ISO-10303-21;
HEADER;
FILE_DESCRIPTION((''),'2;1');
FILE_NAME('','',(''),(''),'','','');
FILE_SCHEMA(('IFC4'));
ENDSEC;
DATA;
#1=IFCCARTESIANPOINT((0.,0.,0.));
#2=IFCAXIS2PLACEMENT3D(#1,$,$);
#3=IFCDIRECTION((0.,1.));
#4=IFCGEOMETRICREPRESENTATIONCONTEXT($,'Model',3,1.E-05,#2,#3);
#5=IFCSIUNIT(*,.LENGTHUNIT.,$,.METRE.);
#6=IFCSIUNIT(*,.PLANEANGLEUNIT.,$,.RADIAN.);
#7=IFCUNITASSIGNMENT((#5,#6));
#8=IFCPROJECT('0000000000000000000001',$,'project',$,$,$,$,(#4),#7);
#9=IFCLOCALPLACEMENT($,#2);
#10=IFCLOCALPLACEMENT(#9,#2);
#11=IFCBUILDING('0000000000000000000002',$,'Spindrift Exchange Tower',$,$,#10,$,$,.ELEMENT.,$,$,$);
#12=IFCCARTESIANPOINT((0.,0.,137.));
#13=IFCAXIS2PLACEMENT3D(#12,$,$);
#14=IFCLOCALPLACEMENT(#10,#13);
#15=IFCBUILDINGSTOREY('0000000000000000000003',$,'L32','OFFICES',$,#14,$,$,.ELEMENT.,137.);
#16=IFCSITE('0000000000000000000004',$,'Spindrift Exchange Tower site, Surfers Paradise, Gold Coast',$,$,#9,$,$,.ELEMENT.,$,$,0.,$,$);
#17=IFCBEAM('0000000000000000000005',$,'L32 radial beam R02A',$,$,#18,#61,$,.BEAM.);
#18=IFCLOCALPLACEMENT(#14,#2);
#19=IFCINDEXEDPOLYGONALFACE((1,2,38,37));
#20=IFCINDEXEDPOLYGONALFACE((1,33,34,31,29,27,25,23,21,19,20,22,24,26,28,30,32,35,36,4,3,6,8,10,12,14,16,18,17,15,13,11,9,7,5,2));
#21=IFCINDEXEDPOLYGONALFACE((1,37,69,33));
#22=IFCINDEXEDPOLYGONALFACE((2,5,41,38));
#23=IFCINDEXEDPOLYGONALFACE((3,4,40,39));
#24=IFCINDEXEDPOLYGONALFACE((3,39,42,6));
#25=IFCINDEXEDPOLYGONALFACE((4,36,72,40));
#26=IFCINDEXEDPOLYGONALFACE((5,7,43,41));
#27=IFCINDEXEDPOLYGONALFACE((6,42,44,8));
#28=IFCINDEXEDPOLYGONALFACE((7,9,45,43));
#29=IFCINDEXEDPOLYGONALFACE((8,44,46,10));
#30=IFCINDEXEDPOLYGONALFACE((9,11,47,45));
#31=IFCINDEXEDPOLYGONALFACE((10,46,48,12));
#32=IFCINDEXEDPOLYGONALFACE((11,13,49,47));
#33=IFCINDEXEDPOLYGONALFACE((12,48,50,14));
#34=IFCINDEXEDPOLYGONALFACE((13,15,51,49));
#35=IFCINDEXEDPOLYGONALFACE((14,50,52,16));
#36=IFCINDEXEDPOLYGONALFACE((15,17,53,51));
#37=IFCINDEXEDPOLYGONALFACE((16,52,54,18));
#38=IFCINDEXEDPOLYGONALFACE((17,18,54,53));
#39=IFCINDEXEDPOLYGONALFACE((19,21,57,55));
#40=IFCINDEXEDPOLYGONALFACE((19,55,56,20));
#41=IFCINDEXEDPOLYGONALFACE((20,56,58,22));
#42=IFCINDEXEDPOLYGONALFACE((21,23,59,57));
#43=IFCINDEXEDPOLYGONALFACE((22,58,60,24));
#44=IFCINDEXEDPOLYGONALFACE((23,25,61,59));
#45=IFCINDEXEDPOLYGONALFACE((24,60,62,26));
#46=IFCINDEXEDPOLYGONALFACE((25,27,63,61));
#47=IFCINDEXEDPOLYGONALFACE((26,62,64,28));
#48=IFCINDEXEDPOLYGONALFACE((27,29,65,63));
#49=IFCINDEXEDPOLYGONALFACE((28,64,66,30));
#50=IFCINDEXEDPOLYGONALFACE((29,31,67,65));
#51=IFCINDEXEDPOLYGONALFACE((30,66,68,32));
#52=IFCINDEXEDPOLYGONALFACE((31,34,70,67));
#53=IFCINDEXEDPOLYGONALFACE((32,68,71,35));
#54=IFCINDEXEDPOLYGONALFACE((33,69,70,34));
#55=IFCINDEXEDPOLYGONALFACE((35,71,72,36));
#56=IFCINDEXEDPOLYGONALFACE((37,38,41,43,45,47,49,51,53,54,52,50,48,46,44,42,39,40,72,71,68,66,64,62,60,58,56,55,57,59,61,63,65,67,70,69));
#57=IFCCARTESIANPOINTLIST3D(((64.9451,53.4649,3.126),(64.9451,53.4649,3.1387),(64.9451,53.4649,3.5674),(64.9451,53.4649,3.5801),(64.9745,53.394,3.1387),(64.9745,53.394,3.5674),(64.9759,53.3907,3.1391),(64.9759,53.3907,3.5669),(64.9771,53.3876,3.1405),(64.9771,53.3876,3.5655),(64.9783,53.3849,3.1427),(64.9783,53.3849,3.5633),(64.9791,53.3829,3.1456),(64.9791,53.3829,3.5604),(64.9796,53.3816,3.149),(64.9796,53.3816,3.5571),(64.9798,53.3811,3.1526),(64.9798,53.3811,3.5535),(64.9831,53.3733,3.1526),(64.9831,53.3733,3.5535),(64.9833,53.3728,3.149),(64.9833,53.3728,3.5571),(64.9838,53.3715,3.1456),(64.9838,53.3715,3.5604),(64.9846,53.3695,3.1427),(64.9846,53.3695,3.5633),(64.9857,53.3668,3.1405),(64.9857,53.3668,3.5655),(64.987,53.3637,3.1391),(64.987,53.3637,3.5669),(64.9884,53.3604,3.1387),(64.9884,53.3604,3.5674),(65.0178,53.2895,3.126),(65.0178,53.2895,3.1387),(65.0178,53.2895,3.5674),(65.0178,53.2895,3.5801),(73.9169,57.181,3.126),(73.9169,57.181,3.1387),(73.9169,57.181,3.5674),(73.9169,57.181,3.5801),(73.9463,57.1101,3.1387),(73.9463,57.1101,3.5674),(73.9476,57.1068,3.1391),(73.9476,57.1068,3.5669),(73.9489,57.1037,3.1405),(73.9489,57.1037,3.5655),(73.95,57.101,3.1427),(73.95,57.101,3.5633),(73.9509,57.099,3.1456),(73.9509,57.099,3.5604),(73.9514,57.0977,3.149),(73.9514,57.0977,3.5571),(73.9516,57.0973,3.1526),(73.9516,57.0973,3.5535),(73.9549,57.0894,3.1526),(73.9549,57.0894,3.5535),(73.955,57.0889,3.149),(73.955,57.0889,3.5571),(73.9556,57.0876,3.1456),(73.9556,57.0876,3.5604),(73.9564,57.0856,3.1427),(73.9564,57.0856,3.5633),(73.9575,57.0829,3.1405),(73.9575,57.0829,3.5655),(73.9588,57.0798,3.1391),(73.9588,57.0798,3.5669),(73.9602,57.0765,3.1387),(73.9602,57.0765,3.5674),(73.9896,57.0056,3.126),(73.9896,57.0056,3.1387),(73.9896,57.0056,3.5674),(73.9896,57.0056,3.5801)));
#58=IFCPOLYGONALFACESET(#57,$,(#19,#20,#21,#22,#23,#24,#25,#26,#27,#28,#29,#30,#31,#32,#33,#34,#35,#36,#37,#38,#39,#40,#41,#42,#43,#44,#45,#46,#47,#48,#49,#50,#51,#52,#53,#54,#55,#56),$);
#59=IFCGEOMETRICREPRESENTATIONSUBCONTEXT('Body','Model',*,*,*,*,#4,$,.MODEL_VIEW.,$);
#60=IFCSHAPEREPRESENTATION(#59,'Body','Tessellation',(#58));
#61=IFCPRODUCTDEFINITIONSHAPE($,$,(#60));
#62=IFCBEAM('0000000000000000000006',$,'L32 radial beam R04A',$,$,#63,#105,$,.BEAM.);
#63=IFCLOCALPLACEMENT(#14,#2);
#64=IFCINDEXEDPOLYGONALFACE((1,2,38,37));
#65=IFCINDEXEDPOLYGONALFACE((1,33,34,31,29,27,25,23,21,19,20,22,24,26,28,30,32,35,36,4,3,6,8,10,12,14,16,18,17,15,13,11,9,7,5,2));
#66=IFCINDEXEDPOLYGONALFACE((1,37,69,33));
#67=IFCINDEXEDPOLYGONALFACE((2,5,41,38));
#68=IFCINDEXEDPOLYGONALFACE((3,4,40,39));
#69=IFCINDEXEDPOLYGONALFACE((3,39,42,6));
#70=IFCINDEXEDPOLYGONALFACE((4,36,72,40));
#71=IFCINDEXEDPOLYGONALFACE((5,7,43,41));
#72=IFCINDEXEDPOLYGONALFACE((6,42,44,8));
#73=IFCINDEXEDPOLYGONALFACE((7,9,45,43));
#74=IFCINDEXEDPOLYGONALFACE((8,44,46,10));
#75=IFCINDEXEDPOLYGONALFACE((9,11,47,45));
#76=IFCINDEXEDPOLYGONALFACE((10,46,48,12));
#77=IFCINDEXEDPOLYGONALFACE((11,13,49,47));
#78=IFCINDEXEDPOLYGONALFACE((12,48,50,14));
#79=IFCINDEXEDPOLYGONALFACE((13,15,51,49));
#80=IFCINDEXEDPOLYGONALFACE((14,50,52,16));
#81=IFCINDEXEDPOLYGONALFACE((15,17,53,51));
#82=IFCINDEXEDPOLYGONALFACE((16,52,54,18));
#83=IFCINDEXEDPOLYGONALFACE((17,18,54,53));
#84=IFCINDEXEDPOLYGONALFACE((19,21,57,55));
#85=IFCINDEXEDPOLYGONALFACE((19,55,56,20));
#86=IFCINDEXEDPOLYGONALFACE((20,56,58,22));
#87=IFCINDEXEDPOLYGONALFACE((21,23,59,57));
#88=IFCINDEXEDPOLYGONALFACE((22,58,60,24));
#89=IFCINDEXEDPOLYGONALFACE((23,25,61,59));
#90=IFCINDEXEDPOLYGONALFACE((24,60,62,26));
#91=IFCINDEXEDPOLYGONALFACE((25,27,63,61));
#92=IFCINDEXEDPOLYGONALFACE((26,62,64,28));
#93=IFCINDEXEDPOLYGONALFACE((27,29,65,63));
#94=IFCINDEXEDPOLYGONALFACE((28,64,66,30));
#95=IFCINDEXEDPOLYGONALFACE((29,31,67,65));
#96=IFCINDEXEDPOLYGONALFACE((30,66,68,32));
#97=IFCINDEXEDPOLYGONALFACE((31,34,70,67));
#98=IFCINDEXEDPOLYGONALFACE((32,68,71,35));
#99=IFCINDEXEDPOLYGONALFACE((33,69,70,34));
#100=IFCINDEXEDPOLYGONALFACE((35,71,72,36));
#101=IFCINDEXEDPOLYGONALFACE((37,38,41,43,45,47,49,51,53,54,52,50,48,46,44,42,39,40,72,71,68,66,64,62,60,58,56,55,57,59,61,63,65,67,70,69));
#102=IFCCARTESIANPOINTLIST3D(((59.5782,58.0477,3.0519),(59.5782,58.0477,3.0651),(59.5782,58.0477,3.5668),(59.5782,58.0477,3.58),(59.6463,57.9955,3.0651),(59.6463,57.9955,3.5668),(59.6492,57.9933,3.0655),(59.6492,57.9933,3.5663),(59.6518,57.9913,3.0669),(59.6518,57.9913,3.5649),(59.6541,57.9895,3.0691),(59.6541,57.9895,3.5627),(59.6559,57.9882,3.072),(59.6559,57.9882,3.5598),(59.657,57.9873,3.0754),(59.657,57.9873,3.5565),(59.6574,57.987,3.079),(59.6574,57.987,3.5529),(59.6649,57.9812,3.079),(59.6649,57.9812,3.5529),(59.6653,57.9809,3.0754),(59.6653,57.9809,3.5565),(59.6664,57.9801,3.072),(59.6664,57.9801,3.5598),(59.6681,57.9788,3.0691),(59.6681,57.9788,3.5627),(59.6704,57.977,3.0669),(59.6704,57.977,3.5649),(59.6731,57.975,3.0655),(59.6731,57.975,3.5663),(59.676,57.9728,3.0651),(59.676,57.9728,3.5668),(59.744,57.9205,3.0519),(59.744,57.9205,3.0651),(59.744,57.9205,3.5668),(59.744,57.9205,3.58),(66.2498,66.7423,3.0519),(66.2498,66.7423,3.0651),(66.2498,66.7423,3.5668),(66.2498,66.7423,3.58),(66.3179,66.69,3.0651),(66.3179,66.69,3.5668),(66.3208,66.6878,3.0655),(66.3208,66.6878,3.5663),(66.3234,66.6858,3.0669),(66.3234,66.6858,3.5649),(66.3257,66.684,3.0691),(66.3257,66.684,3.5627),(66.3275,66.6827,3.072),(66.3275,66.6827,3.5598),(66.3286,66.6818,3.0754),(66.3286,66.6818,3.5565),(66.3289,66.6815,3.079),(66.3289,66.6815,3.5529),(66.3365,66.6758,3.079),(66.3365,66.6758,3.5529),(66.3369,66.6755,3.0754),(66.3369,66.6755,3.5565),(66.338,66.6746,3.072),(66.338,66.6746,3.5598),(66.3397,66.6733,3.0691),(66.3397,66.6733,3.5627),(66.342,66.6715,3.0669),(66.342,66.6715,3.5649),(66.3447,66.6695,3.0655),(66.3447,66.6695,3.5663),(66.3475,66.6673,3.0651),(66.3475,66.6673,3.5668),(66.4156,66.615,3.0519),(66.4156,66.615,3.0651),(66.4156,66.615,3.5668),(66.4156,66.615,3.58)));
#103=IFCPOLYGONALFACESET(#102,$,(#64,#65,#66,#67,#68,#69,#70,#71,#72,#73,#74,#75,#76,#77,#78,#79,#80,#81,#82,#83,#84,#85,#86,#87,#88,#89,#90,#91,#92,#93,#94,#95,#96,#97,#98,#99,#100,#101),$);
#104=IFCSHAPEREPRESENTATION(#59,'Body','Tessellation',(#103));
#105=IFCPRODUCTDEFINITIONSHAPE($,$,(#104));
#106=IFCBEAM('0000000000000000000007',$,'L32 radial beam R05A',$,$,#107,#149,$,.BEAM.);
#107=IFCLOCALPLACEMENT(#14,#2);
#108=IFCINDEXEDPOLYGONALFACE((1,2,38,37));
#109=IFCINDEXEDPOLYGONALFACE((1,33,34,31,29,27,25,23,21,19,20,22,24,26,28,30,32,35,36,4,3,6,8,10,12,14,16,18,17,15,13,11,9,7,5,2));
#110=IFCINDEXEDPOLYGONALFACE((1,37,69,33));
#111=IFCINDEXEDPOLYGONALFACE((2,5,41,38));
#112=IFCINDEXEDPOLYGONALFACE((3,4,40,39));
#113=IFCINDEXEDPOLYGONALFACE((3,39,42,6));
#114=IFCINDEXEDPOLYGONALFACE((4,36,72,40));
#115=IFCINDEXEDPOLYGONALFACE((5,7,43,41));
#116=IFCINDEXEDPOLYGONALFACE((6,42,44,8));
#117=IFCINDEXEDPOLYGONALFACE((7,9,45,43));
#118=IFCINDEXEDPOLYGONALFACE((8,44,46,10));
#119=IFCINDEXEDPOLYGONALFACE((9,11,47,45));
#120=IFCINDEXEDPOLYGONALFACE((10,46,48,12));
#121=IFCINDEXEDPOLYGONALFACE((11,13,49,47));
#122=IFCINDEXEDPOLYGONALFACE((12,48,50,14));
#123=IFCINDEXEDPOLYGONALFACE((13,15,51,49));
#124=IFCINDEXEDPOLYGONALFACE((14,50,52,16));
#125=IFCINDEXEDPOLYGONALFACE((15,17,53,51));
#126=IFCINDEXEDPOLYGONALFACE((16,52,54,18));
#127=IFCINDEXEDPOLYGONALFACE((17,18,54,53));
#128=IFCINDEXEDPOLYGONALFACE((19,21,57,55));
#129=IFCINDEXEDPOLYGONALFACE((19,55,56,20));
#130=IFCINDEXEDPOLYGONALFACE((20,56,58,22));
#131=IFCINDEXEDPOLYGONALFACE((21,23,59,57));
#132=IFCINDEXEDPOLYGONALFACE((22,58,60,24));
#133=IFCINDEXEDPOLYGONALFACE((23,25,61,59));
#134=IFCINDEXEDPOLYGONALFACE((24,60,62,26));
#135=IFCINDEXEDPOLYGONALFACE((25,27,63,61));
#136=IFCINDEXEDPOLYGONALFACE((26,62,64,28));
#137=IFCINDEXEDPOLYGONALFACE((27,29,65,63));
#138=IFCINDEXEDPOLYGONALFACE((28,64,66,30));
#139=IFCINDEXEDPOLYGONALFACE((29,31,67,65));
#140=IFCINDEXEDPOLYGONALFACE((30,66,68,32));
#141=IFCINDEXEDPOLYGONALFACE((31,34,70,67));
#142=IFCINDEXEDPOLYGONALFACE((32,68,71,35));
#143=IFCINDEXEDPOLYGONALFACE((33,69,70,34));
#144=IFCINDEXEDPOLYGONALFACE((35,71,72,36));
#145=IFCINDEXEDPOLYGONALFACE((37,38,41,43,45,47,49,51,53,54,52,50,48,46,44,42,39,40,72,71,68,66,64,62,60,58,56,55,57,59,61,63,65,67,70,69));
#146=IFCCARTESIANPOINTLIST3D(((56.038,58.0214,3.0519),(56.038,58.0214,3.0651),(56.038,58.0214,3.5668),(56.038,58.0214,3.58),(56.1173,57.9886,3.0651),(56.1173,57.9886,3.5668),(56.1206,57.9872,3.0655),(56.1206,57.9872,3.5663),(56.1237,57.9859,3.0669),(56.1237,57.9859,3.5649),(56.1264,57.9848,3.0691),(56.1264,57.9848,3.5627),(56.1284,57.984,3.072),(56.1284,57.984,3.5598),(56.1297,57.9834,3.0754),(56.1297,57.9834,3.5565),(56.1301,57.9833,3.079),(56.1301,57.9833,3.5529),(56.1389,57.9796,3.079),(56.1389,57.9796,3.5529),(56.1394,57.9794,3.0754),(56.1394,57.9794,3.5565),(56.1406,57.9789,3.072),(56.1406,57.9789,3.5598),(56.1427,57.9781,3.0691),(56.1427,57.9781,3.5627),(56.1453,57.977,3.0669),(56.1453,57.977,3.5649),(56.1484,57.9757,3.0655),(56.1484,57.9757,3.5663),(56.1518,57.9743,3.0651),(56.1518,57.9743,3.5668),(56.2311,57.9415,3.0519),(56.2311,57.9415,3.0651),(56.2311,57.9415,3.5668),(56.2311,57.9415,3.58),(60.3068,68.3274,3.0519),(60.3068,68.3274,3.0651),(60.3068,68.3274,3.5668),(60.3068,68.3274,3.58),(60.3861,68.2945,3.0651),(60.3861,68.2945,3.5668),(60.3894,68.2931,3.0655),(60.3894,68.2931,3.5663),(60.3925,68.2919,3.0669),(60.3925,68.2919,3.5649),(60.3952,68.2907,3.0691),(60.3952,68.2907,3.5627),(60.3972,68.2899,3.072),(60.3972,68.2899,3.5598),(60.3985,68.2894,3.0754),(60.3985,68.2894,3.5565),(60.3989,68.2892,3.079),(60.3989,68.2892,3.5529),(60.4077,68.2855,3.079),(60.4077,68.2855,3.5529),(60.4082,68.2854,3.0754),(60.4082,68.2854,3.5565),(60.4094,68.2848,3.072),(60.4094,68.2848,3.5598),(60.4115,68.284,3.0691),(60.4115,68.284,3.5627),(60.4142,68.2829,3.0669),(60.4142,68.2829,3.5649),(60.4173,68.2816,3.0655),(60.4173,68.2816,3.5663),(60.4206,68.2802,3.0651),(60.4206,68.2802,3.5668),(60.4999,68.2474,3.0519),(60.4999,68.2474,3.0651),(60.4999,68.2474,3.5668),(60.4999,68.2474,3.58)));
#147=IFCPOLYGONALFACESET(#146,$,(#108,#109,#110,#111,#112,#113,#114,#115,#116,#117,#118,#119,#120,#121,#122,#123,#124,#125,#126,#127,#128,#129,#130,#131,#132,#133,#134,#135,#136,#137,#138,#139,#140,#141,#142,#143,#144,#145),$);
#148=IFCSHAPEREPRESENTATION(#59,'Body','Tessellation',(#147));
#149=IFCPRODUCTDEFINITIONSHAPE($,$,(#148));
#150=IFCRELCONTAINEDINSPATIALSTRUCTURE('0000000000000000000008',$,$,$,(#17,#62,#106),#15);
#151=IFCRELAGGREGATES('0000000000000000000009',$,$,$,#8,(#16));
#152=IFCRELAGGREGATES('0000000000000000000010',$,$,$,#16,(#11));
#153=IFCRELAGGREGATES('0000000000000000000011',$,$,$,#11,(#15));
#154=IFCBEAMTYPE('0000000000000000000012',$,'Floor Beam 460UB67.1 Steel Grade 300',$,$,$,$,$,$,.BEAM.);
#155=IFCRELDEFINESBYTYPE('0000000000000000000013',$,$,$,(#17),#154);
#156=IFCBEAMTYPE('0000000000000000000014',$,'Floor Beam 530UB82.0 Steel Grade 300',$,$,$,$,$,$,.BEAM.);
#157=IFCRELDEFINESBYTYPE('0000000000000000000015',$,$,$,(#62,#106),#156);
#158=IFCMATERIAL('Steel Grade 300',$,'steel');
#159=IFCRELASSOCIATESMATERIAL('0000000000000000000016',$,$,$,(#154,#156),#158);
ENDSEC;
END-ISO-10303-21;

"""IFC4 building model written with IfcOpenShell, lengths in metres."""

from ifc_helpers import new_model, si_unit, direction, frame, origin, origin_2d, place, context, subcontext, project, spatial, i_section, extrude, source, transform, mapped, material, material_profile, profile_set, type_object, element, save


model = new_model("IFC4")

# Units and contexts
model_context = context("Model", 3, precision=1e-05, world=origin(), true_north=direction((0.0, 1.0)))
body_context = subcontext(model_context, "Body", "Model", "MODEL_VIEW")
ifc_project = project(units=[si_unit("LENGTHUNIT", "METRE"), si_unit("PLANEANGLEUNIT", "RADIAN")], contexts=[model_context])

# Site, building, storey
site_placement = place(None, origin())
site = spatial("IfcSite", under=ifc_project, at=site_placement, Name="Spindrift Exchange Tower site, Surfers Paradise, Gold Coast", CompositionType="ELEMENT", RefElevation=0.0)
building_placement = place(site_placement, origin())
building = spatial("IfcBuilding", under=site, at=building_placement, Name="Spindrift Exchange Tower", CompositionType="ELEMENT")
storey_placement = place(building_placement, frame((0.0, 0.0, 137.0)))
storey = spatial("IfcBuildingStorey", under=building, at=storey_placement, Name="L32", Description="OFFICES", CompositionType="ELEMENT", Elevation=137.0)

# Beams
ifc_material_1 = material(Name="Steel Grade 300", Category="steel")
ifc_material_profile_1 = material_profile(ifc_material_1, i_section(OverallWidth=0.1899, OverallDepth=0.4541, WebThickness=0.0085, FlangeThickness=0.0127, FilletRadius=0.0139, at=origin_2d()), Name="460UB67.1")
ifc_profile_set_1 = profile_set([ifc_material_profile_1], Name="Steel Grade 300")
beam_type_1 = type_object("IfcBeamType", Name="Floor Beam 460UB67.1 Steel Grade 300", PredefinedType="BEAM", material=ifc_profile_set_1)
shared_shape_1 = source(origin(), body_context, "Body", "SweptSolid", [
    extrude(i_section(OverallWidth=0.1899, OverallDepth=0.4541, WebThickness=0.0085, FlangeThickness=0.0127, FilletRadius=0.0139, at=origin_2d()), origin(), (0.0, 0.0, 1.0), 9.7109),
])
beam_1_placement = place(storey_placement, frame((64.9814, 53.3772, 3.353), z_axis=(0.923884, 0.382672, 0.0), x_axis=(-0.382672, 0.923884, 0.0)))
element("IfcBeam", 1, at=beam_1_placement, inside=storey, type_object=beam_type_1, Name="L32 radial beam R02A", PredefinedType="BEAM", context=body_context, shape_type="MappedRepresentation", body=[
    mapped(shared_shape_1, transform((0.0, 0.0, 0.0), scale=1.0)),
])
ifc_material_profile_2 = material_profile(ifc_material_1, i_section(OverallWidth=0.209, OverallDepth=0.5281, WebThickness=0.0095, FlangeThickness=0.0132, FilletRadius=0.0139, at=origin_2d()), Name="530UB82.0")
ifc_profile_set_2 = profile_set([ifc_material_profile_2], Name="Steel Grade 300")
beam_type_2 = type_object("IfcBeamType", Name="Floor Beam 530UB82.0 Steel Grade 300", PredefinedType="BEAM", material=ifc_profile_set_2)
shared_shape_2 = source(origin(), body_context, "Body", "SweptSolid", [
    extrude(i_section(OverallWidth=0.209, OverallDepth=0.5281, WebThickness=0.0095, FlangeThickness=0.0132, FilletRadius=0.0139, at=origin_2d()), origin(), (0.0, 0.0, 1.0), 10.9592),
])
beam_2_placement = place(storey_placement, frame((59.6611, 57.9841, 3.3159), z_axis=(0.608764, 0.793351, 0.0), x_axis=(-0.793351, 0.608764, 0.0)))
element("IfcBeam", 2, at=beam_2_placement, inside=storey, type_object=beam_type_2, Name="L32 radial beam R04A", PredefinedType="BEAM", context=body_context, shape_type="MappedRepresentation", body=[
    mapped(shared_shape_2, transform((0.0, 0.0, 0.0), scale=1.0)),
])
shared_shape_3 = source(origin(), body_context, "Body", "SweptSolid", [
    extrude(i_section(OverallWidth=0.209, OverallDepth=0.5281, WebThickness=0.0095, FlangeThickness=0.0132, FilletRadius=0.0139, at=origin_2d()), origin(), (0.0, 0.0, 1.0), 11.155),
])
beam_3_placement = place(storey_placement, frame((56.1345, 57.9814, 3.3159), z_axis=(0.38268, 0.923881, 0.0), x_axis=(-0.923881, 0.38268, 0.0)))
element("IfcBeam", 3, at=beam_3_placement, inside=storey, type_object=beam_type_2, Name="L32 radial beam R05A", PredefinedType="BEAM", context=body_context, shape_type="MappedRepresentation", body=[
    mapped(shared_shape_3, transform((0.0, 0.0, 0.0), scale=1.0)),
])

save(model, "model.ifc")
